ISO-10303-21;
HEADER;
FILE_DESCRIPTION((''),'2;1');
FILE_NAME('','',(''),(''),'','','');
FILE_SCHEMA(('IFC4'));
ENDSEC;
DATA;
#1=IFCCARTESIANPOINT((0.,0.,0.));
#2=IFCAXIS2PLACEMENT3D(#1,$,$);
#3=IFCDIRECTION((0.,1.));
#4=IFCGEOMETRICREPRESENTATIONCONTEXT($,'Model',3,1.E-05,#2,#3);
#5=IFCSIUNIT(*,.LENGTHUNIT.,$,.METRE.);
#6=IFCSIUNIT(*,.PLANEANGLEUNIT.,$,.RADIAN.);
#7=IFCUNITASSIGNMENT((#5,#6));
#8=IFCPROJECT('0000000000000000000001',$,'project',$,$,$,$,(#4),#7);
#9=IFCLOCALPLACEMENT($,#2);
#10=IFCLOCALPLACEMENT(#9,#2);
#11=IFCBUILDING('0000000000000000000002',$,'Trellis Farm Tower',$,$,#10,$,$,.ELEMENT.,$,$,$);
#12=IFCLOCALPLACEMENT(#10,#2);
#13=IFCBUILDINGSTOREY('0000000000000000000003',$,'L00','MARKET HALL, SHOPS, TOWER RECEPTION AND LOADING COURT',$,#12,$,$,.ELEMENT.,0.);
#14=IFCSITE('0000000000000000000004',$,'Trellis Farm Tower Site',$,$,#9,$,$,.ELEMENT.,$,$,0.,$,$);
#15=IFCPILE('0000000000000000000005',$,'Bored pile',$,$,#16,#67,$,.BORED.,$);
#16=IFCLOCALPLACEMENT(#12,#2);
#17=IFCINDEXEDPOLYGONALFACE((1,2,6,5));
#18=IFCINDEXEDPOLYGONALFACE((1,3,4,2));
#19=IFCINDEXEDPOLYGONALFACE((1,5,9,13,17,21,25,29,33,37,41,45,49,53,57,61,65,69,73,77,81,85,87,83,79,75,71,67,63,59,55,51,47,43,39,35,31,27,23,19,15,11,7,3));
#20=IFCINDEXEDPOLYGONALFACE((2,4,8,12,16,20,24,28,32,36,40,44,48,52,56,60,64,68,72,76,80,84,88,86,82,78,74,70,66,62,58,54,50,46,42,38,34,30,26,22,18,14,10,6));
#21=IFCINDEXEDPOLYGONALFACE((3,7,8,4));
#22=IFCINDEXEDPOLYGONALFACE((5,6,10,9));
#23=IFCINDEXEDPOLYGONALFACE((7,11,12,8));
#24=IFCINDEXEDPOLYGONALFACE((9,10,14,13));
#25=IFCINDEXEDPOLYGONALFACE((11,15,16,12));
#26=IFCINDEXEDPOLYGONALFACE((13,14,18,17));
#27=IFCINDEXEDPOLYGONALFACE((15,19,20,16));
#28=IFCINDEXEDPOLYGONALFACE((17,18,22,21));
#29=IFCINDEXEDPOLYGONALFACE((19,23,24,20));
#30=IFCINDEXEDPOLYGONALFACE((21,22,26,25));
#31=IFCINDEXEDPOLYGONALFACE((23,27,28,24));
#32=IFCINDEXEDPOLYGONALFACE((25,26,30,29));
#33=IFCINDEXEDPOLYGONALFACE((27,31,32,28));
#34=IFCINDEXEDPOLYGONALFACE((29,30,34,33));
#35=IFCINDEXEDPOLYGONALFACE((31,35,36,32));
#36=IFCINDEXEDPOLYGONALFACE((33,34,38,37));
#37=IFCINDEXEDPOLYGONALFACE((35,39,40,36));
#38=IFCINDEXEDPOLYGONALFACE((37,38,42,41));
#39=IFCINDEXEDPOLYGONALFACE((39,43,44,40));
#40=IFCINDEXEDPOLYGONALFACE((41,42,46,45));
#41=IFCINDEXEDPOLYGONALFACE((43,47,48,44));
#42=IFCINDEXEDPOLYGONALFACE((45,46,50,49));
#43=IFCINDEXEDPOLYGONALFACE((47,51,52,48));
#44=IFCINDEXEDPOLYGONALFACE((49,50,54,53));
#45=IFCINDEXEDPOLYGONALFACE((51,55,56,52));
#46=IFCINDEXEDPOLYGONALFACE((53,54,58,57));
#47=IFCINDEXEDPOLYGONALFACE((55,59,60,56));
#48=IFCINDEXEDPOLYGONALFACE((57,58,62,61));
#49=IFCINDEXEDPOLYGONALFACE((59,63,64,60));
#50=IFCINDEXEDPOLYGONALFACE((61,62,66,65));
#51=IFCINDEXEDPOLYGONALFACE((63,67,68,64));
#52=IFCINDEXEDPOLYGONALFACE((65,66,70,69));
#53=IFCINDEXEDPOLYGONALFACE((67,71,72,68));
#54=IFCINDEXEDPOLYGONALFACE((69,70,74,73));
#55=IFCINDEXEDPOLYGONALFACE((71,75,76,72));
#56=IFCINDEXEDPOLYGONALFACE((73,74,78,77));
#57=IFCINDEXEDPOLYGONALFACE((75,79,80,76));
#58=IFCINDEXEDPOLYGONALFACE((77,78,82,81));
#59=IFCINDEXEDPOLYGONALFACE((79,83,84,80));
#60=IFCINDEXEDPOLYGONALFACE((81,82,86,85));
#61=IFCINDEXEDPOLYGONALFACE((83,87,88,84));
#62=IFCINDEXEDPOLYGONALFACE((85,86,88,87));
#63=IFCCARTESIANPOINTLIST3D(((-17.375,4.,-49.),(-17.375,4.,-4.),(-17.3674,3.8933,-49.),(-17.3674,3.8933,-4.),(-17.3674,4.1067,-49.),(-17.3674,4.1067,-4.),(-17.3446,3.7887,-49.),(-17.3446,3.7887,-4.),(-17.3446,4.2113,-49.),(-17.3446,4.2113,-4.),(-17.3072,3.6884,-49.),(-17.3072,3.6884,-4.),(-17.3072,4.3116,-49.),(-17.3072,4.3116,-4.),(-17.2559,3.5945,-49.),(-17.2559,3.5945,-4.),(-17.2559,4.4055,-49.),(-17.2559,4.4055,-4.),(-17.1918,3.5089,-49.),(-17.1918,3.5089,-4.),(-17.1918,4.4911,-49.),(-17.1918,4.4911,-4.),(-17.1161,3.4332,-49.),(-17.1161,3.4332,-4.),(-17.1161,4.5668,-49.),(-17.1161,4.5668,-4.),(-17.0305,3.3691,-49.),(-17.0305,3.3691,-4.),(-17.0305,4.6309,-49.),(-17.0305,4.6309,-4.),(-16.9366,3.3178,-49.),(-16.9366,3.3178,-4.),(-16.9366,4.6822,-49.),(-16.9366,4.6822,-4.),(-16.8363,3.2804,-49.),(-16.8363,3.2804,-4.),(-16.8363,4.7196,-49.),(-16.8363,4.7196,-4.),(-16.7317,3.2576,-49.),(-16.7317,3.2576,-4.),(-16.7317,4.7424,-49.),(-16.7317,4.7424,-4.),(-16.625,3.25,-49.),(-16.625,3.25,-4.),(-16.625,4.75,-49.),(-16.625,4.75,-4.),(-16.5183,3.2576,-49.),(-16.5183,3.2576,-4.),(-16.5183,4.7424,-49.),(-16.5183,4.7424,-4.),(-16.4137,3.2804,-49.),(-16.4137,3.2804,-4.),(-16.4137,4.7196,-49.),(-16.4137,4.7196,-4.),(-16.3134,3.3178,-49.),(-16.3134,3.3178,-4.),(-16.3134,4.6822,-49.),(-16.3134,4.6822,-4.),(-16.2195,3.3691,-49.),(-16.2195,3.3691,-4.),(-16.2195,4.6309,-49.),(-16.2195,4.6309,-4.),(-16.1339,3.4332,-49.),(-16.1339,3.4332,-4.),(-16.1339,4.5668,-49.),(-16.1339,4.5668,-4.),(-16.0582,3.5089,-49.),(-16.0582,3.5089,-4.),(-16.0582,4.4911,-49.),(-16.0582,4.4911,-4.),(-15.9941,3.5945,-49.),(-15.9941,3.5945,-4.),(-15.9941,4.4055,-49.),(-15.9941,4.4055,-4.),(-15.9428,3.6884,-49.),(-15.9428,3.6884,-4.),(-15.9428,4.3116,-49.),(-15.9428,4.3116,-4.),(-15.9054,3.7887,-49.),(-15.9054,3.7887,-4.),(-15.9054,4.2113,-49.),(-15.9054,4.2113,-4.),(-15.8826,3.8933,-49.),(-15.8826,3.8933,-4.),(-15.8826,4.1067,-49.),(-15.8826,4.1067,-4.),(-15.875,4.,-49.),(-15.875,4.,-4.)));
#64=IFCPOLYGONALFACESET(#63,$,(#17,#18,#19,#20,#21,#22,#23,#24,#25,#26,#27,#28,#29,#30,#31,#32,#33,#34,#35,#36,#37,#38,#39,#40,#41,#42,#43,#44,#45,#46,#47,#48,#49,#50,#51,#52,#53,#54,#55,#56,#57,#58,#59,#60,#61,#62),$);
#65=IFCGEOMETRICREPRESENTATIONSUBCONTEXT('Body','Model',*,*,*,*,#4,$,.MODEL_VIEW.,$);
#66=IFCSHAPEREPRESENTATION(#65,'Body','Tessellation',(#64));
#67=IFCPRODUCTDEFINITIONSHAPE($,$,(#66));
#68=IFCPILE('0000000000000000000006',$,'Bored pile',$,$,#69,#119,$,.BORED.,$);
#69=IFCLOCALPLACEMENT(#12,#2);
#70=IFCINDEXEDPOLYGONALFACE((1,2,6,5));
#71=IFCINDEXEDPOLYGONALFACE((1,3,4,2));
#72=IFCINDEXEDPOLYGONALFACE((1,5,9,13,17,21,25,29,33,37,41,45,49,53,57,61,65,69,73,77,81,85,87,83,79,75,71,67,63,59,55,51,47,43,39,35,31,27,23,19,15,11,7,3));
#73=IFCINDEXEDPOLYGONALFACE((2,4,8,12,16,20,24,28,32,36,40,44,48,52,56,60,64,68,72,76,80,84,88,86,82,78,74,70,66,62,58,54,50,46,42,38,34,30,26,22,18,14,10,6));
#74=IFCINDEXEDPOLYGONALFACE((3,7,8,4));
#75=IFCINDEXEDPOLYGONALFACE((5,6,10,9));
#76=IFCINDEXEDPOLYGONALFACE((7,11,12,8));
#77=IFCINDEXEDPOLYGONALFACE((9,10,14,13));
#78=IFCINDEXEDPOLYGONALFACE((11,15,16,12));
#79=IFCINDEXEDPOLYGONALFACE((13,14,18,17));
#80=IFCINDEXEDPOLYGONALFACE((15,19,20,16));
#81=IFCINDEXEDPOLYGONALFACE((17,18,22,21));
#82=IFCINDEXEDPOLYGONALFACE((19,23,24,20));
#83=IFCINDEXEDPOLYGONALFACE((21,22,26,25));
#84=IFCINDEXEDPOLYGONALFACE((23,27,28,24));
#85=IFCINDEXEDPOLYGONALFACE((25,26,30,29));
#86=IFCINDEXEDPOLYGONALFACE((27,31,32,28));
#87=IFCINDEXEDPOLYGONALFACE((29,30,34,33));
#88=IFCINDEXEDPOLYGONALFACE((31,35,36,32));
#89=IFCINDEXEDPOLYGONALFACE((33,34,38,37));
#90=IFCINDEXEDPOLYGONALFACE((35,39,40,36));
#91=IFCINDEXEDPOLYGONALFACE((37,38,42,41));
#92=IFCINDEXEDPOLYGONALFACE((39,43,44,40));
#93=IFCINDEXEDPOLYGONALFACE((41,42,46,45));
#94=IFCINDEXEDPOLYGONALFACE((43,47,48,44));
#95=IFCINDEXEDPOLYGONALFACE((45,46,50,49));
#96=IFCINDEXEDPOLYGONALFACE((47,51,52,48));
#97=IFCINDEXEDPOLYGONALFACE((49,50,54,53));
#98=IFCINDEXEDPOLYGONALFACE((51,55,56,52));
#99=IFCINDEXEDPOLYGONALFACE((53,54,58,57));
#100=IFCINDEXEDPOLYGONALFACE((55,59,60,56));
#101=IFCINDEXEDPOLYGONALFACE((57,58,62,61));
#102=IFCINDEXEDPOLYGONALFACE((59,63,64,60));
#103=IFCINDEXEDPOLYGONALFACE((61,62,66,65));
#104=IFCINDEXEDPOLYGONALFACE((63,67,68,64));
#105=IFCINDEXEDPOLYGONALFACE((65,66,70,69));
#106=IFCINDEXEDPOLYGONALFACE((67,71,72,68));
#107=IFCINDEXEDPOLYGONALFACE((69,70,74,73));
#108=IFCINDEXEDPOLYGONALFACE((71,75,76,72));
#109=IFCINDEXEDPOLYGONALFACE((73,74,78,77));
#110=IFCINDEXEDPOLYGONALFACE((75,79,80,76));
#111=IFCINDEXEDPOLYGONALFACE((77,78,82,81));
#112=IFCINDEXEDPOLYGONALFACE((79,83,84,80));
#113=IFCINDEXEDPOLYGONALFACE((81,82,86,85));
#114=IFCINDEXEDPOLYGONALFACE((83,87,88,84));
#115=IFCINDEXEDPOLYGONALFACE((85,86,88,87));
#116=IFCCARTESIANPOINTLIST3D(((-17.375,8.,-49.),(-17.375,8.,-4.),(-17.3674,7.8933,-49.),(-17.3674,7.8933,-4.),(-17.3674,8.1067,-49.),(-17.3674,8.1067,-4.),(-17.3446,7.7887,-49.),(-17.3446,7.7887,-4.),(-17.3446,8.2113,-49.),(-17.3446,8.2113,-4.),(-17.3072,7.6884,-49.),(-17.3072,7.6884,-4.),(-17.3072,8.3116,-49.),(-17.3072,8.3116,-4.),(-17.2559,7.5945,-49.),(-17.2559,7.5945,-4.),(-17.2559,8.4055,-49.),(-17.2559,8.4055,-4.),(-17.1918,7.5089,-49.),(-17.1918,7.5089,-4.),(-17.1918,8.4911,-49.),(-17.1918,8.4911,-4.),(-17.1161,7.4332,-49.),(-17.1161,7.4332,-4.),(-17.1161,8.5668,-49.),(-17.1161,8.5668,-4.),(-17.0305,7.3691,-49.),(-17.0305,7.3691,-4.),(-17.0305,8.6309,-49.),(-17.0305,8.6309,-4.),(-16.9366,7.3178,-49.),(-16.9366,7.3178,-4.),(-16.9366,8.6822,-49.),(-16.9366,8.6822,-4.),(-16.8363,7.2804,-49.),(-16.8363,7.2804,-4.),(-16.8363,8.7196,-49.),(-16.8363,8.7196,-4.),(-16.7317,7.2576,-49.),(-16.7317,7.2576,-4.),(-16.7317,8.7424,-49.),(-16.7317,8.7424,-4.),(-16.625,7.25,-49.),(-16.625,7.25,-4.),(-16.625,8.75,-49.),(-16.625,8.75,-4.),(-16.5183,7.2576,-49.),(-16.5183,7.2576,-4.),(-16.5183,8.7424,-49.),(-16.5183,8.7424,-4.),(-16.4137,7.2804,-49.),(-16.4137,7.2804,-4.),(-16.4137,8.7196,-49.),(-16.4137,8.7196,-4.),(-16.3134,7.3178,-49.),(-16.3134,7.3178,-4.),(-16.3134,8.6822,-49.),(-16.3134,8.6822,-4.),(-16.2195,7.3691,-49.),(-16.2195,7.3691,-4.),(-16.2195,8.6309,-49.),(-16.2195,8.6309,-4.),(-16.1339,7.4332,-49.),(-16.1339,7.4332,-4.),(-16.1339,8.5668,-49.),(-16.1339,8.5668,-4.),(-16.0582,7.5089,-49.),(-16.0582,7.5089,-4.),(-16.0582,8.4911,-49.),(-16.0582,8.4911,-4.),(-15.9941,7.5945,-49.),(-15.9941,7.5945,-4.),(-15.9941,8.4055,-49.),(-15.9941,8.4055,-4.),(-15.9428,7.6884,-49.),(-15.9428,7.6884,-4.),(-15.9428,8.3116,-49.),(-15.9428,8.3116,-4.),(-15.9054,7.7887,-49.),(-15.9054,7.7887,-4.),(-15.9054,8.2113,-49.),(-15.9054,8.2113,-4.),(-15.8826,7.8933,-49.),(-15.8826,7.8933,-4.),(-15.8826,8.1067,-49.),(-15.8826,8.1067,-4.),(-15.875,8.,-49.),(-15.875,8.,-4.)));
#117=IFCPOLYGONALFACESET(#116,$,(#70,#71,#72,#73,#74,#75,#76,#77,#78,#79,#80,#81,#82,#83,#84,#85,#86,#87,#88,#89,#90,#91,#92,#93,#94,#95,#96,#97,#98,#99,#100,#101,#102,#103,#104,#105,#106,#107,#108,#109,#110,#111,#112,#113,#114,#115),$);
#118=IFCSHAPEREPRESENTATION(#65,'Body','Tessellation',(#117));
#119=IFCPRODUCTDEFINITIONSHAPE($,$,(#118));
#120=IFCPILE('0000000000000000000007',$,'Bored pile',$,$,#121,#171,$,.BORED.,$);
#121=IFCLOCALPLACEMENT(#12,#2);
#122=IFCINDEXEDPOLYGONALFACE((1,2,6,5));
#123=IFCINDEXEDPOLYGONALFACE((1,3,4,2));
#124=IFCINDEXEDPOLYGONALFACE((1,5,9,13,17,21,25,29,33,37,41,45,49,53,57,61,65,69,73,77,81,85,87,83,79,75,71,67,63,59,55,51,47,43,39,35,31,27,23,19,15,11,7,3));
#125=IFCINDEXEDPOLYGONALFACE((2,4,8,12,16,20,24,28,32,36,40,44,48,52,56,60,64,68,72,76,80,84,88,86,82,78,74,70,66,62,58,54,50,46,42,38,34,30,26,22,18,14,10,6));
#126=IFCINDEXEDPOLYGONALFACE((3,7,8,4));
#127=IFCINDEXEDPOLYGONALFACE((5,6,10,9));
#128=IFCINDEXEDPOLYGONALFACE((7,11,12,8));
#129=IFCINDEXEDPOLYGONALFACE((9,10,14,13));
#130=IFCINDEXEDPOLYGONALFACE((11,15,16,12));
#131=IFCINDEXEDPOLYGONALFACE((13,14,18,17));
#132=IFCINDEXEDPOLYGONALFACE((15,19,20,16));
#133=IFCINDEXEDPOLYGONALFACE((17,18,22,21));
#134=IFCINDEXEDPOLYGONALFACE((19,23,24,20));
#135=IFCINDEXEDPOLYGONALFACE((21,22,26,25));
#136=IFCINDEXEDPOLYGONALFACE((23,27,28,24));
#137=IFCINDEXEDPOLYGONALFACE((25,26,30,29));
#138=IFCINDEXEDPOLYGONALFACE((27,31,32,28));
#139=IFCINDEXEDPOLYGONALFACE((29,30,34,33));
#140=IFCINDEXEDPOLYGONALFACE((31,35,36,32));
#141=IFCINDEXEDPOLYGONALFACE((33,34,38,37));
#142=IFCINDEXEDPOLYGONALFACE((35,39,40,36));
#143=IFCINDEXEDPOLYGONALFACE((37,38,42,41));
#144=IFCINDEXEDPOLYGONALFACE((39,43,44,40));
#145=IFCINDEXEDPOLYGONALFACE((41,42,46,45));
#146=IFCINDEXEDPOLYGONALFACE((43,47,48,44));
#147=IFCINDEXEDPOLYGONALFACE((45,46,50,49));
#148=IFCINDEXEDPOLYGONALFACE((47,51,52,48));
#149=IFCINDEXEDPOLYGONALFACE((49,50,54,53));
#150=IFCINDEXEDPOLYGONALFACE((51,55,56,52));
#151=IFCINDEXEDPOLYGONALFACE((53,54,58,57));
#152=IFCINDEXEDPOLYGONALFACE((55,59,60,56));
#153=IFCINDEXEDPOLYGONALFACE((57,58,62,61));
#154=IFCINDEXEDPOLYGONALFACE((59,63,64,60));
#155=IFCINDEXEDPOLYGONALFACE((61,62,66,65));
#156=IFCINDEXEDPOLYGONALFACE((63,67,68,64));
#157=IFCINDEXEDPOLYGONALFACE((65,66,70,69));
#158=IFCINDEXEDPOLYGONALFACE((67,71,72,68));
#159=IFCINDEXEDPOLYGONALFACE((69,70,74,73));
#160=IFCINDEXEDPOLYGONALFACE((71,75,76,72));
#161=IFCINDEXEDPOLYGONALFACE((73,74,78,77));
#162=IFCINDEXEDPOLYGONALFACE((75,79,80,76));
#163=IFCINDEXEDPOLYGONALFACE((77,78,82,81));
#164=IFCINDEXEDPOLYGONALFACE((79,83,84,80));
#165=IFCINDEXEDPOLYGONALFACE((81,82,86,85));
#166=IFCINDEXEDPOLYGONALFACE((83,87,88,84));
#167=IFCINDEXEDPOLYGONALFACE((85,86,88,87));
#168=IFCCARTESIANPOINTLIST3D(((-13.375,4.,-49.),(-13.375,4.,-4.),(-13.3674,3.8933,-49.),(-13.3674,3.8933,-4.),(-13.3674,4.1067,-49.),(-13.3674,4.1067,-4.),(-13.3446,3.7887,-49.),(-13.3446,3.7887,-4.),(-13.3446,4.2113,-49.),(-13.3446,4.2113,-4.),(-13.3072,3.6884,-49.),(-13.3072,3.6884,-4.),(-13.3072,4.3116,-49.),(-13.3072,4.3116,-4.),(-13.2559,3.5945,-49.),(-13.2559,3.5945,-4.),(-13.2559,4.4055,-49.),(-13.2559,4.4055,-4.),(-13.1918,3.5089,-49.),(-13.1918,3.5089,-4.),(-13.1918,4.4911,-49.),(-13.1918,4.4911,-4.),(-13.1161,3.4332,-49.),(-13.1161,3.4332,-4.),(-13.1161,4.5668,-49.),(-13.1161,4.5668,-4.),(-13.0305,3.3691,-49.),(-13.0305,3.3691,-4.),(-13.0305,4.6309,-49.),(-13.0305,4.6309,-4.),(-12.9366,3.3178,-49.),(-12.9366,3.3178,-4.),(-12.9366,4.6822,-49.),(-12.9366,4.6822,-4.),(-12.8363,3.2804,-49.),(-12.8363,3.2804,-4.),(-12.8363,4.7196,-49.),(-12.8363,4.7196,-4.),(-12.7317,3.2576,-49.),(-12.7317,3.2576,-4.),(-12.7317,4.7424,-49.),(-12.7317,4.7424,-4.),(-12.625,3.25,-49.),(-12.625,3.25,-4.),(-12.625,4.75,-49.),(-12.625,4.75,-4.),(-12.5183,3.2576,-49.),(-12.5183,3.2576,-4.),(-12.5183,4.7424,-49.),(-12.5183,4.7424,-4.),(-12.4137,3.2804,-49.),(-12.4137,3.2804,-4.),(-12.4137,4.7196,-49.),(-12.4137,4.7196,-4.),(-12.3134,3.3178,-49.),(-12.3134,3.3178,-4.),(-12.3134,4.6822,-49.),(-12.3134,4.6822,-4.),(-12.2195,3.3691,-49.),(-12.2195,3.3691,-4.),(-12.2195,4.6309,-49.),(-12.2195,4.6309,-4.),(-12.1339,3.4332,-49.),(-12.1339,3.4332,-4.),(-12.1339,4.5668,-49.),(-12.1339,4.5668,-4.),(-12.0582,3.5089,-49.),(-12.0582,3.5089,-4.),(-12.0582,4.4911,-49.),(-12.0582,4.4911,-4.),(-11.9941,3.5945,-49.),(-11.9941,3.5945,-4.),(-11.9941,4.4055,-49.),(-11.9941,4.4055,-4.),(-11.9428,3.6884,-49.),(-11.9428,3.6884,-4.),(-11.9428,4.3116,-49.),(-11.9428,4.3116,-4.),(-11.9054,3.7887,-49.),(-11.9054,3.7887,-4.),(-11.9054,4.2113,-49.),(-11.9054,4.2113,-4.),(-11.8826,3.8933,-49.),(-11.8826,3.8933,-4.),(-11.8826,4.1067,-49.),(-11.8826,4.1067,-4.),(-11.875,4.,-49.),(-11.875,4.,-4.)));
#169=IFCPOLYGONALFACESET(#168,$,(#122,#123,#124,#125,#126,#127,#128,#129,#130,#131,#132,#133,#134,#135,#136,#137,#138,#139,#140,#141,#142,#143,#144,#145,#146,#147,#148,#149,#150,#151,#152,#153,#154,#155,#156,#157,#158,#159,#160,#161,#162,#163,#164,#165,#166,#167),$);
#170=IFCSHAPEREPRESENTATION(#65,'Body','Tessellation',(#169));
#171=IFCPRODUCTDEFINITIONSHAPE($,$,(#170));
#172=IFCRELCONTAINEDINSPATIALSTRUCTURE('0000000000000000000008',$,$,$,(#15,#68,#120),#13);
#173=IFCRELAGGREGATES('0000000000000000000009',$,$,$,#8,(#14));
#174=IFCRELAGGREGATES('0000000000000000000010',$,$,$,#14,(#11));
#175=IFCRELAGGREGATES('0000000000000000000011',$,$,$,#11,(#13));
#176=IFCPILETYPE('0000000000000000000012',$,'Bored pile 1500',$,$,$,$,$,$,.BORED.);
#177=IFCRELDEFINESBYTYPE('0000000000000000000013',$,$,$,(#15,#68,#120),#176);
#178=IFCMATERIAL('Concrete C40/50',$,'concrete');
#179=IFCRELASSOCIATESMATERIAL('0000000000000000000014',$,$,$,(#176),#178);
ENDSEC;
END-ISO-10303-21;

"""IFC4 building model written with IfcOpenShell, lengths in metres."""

from ifc_helpers import new_model, si_unit, direction, frame, origin, origin_2d, place, context, subcontext, project, spatial, circle, extrude, source, transform, mapped, material, material_profile, profile_set, type_object, element, save


model = new_model("IFC4")

# Units and contexts
model_context = context("Model", 3, precision=1e-05, world=origin(), true_north=direction((0.0, 1.0)))
body_context = subcontext(model_context, "Body", "Model", "MODEL_VIEW")
ifc_project = project(units=[si_unit("LENGTHUNIT", "METRE"), si_unit("PLANEANGLEUNIT", "RADIAN")], contexts=[model_context])

# Site, building, storey
site_placement = place(None, origin())
site = spatial("IfcSite", under=ifc_project, at=site_placement, Name="Trellis Farm Tower Site", CompositionType="ELEMENT", RefElevation=0.0)
building_placement = place(site_placement, origin())
building = spatial("IfcBuilding", under=site, at=building_placement, Name="Trellis Farm Tower", CompositionType="ELEMENT")
storey_placement = place(building_placement, origin())
storey = spatial("IfcBuildingStorey", under=building, at=storey_placement, Name="L00", Description="MARKET HALL, SHOPS, TOWER RECEPTION AND LOADING COURT", CompositionType="ELEMENT", Elevation=0.0)

# Piles
ifc_material_1 = material(Name="Concrete C40/50", Category="concrete")
ifc_material_profile = material_profile(ifc_material_1, circle(Radius=0.75, at=origin_2d()), Name="Bored pile 1500")
ifc_profile_set = profile_set([ifc_material_profile], Name="Concrete C40/50")
pile_type = type_object("IfcPileType", Name="Bored pile 1500", PredefinedType="BORED", material=ifc_profile_set)
shared_shape_1 = source(origin(), body_context, "Body", "SweptSolid", [
    extrude(circle(Radius=0.75, at=origin_2d()), origin(), (0.0, 0.0, 1.0), 45.0),
])
for number, where, z_axis, x_axis, name in (
    (1, (-16.625, 4.0, -4.0), (0.0, 0.0, -1.0), (1.0, 0.0, 0.0), "Bored pile"),
    (2, (-16.625, 8.0, -4.0), (0.0, 0.0, -1.0), (1.0, 0.0, 0.0), "Bored pile"),
    (3, (-12.625, 4.0, -4.0), (0.0, 0.0, -1.0), (1.0, 0.0, 0.0), "Bored pile"),
):
    element("IfcPile", number, at=place(storey_placement, frame(where, z_axis=z_axis, x_axis=x_axis)), inside=storey, type_object=pile_type, Name=name, PredefinedType="BORED", context=body_context, shape_type="MappedRepresentation", body=[
        mapped(shared_shape_1, transform((0.0, 0.0, 0.0))),
    ])

save(model, "model.ifc")
